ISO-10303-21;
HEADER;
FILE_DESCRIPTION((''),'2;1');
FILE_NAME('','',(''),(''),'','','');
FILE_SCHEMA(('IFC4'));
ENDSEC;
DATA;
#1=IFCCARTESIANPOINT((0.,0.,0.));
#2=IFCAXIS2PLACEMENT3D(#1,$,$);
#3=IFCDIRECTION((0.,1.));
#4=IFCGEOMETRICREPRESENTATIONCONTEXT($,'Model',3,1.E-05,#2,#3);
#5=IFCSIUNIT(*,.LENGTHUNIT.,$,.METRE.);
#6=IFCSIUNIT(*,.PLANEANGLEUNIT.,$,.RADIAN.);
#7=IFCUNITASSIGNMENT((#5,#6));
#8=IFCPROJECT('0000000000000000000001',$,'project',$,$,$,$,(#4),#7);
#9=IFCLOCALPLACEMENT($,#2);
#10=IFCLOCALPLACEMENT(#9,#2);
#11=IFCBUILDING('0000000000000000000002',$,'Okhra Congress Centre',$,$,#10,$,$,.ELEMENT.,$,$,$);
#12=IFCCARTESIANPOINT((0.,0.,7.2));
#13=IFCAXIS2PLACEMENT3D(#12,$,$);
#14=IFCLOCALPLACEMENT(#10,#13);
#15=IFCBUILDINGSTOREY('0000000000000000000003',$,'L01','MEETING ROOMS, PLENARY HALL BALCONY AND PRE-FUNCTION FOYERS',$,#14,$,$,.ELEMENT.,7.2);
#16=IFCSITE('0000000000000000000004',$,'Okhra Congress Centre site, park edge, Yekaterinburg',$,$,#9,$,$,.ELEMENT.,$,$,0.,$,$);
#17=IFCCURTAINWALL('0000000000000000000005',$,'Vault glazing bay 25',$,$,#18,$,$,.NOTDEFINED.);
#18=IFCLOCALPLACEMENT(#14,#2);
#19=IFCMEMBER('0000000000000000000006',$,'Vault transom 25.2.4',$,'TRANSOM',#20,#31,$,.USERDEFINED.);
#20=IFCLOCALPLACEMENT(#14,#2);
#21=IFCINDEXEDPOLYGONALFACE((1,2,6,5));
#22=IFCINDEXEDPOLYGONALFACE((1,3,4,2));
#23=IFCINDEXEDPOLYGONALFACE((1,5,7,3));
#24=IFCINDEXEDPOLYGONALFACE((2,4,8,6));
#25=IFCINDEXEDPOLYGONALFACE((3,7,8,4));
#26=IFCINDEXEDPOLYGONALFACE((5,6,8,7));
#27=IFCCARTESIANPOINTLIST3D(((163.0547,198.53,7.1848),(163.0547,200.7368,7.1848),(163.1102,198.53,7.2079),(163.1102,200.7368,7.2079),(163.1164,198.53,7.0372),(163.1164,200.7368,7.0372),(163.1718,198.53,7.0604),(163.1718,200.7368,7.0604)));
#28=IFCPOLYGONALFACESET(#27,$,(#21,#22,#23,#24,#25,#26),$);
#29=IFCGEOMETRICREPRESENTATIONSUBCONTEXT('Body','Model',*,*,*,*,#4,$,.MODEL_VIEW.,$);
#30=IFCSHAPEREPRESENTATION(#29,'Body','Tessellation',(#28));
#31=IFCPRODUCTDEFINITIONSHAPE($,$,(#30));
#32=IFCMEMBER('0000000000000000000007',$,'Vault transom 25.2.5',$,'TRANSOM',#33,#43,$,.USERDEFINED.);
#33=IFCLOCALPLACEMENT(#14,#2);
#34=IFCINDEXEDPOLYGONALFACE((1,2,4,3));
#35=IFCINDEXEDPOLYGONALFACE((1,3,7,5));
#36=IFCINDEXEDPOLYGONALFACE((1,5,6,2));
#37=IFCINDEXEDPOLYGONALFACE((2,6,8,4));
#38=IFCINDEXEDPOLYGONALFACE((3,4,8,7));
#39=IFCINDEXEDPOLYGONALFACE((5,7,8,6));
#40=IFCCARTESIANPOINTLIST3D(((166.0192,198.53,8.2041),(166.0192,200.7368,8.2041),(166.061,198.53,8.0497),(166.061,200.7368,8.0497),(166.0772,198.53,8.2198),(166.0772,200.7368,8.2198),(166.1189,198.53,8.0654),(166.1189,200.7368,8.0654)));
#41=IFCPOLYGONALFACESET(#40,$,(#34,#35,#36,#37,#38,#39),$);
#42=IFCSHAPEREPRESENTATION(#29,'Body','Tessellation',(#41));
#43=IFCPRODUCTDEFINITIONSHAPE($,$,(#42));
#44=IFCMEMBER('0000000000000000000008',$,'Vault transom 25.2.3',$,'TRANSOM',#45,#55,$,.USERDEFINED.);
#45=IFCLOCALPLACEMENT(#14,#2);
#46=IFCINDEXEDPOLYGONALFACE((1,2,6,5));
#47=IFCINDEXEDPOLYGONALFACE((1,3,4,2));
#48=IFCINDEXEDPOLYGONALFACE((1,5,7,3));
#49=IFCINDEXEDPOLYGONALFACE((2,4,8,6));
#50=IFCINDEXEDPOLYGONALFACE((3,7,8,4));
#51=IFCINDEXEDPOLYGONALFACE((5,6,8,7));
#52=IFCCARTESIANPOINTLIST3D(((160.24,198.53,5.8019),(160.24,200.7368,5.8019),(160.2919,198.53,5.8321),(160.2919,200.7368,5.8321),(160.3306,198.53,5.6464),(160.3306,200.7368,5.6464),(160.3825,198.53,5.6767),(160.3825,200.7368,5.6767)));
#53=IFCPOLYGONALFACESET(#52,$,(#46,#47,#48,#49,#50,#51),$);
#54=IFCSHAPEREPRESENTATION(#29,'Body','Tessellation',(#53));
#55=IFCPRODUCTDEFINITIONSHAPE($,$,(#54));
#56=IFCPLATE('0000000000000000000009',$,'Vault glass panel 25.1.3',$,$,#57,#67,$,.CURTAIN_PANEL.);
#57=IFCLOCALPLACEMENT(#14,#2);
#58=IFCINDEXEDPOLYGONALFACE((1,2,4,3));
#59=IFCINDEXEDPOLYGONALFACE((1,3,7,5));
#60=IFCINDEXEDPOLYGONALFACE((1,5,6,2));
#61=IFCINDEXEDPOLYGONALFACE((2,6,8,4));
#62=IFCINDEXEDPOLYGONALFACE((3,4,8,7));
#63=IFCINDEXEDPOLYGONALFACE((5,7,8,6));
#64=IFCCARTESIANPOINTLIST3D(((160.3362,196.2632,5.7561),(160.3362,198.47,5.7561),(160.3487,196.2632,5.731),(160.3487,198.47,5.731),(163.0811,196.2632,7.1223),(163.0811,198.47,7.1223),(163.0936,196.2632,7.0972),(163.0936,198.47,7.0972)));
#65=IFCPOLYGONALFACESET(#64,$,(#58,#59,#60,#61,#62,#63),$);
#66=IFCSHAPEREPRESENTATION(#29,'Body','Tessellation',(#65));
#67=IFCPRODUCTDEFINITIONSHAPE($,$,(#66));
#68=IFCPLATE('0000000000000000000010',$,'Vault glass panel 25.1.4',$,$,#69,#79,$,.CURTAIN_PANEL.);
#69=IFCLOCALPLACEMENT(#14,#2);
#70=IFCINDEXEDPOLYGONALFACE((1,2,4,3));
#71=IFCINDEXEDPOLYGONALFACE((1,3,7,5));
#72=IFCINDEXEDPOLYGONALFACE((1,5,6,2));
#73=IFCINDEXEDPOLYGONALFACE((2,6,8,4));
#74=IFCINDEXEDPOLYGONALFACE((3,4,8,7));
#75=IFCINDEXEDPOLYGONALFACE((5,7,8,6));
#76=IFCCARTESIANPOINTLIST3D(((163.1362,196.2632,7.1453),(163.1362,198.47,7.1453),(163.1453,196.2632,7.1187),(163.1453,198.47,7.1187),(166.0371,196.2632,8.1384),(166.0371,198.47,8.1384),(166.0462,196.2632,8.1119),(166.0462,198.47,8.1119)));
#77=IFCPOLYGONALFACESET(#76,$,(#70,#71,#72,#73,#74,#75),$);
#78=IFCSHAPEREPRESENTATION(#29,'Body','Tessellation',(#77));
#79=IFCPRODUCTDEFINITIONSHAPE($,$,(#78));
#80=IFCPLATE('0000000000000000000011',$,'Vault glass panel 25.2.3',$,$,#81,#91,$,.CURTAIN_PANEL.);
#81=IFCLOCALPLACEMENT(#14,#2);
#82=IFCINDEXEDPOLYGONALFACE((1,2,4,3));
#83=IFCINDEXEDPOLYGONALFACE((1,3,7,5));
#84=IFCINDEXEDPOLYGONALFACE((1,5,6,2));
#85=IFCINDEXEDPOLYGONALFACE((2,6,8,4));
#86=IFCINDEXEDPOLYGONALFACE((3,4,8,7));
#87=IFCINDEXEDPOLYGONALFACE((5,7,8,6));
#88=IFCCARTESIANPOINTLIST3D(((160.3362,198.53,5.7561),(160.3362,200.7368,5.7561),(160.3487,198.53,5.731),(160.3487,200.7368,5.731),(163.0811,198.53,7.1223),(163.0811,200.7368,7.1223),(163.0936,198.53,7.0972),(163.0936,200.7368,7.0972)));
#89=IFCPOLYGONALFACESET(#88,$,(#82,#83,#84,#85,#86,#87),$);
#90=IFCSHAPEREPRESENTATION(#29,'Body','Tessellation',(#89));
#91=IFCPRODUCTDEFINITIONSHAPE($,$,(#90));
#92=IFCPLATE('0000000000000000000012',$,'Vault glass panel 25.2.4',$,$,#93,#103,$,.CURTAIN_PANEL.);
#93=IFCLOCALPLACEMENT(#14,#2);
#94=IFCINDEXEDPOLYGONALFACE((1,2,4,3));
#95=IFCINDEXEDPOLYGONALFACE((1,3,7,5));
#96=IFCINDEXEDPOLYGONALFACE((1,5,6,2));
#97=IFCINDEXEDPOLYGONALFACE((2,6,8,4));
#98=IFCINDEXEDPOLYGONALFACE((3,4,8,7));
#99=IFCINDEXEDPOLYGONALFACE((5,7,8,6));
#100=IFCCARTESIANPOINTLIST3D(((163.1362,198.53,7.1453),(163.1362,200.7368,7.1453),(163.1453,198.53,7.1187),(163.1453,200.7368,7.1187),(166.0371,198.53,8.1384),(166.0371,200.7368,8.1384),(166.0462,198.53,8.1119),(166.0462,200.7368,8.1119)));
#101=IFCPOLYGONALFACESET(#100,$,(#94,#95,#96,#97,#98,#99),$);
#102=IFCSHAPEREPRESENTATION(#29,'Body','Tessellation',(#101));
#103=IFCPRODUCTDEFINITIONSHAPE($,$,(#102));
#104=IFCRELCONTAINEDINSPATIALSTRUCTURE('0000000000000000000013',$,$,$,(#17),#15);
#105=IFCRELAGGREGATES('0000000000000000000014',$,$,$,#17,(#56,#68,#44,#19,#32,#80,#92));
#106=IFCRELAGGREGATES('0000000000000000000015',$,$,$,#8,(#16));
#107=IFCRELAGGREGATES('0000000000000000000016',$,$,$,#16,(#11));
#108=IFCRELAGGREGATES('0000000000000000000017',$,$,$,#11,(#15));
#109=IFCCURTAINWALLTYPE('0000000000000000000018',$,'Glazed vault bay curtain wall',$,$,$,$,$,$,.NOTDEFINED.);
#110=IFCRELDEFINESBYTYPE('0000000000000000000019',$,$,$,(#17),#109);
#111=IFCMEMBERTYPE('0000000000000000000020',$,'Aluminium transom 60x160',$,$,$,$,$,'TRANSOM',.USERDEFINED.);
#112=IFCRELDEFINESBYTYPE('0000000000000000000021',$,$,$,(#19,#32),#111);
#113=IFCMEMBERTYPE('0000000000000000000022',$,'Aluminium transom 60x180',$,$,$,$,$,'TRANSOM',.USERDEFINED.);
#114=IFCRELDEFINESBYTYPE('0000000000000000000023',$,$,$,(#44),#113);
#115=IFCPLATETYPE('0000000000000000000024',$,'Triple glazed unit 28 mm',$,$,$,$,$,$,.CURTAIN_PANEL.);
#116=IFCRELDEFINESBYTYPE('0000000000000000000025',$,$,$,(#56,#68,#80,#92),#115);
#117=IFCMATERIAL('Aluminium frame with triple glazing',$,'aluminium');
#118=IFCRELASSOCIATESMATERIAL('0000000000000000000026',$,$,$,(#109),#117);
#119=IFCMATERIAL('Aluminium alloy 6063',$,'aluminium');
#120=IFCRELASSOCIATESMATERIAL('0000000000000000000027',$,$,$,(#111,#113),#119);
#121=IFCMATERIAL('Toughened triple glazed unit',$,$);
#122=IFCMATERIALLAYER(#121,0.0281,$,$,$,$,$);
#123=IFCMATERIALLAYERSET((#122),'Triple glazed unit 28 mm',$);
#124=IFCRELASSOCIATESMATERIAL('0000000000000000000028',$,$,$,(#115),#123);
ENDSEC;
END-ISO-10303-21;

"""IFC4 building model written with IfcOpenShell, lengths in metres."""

from ifc_helpers import new_model, si_unit, direction, frame, origin, origin_2d, place, context, subcontext, project, spatial, polyline, rectangle, outline, extrude, material, layer, layer_set, material_profile, profile_set, type_object, element, aggregate, save


model = new_model("IFC4")

# Units and contexts
model_context = context("Model", 3, precision=1e-05, world=origin(), true_north=direction((0.0, 1.0)))
body_context = subcontext(model_context, "Body", "Model", "MODEL_VIEW")
ifc_project = project(units=[si_unit("LENGTHUNIT", "METRE"), si_unit("PLANEANGLEUNIT", "RADIAN")], contexts=[model_context])

# Site, building, storey
site_placement = place(None, origin())
site = spatial("IfcSite", under=ifc_project, at=site_placement, Name="Okhra Congress Centre site, park edge, Yekaterinburg", CompositionType="ELEMENT", RefElevation=0.0)
building_placement = place(site_placement, origin())
building = spatial("IfcBuilding", under=site, at=building_placement, Name="Okhra Congress Centre", CompositionType="ELEMENT")
storey_placement = place(building_placement, frame((0.0, 0.0, 7.2)))
storey = spatial("IfcBuildingStorey", under=building, at=storey_placement, Name="L01", Description="MEETING ROOMS, PLENARY HALL BALCONY AND PRE-FUNCTION FOYERS", CompositionType="ELEMENT", Elevation=7.2)

# Curtain wall
ifc_material_1 = material(Name="Aluminium frame with triple glazing", Category="aluminium")
curtain_wall_type = type_object("IfcCurtainWallType", Name="Glazed vault bay curtain wall", PredefinedType="NOTDEFINED", material=ifc_material_1)
ifc_material_2 = material(Name="Aluminium alloy 6063", Category="aluminium")
curtain_wall_1_placement = place(storey_placement, origin())
curtain_wall_1 = element("IfcCurtainWall", 1, at=curtain_wall_1_placement, inside=storey, type_object=curtain_wall_type, Name="Vault glazing bay 25", PredefinedType="NOTDEFINED")

# Members
ifc_material_profile_1 = material_profile(ifc_material_2, rectangle(XDim=0.0601, YDim=0.1599, at=origin_2d()), Name="AL 60x160 transom")
ifc_profile_set_1 = profile_set([ifc_material_profile_1], Name="Aluminium alloy 6063")
member_type_1 = type_object("IfcMemberType", Name="Aluminium transom 60x160", ElementType="TRANSOM", PredefinedType="USERDEFINED", material=ifc_profile_set_1)
member_1_placement = place(storey_placement, frame((163.1133, 198.53, 7.1226), z_axis=(0.0, 1.0, 0.0), x_axis=(-0.922669, 0.0, -0.385593)))
member_1 = element("IfcMember", 2, at=member_1_placement, type_object=member_type_1, Name="Vault transom 25.2.4", ObjectType="TRANSOM", PredefinedType="USERDEFINED", context=body_context, shape_type="SweptSolid", body=[
    extrude(rectangle(XDim=0.0601, YDim=0.1599, at=origin_2d()), origin(), (0.0, 0.0, 1.0), 2.2068),
])
member_2_placement = place(storey_placement, frame((166.0691, 198.53, 8.1348), z_axis=(0.0, 1.0, 0.0), x_axis=(-0.96538, 0.0, -0.260848)))
member_2 = element("IfcMember", 3, at=member_2_placement, type_object=member_type_1, Name="Vault transom 25.2.5", ObjectType="TRANSOM", PredefinedType="USERDEFINED", context=body_context, shape_type="SweptSolid", body=[
    extrude(rectangle(XDim=0.0601, YDim=0.1599, at=origin_2d()), origin(), (0.0, 0.0, 1.0), 2.2068),
])
ifc_material_profile_2 = material_profile(ifc_material_2, rectangle(XDim=0.0601, YDim=0.1799, at=origin_2d()), Name="AL 60x180 transom")
ifc_profile_set_2 = profile_set([ifc_material_profile_2], Name="Aluminium alloy 6063")
member_type_2 = type_object("IfcMemberType", Name="Aluminium transom 60x180", ElementType="TRANSOM", PredefinedType="USERDEFINED", material=ifc_profile_set_2)
member_3_placement = place(storey_placement, frame((160.3113, 198.53, 5.7393), z_axis=(0.0, 1.0, 0.0), x_axis=(-0.863917, 0.0, -0.503634)))
member_3 = element("IfcMember", 4, at=member_3_placement, type_object=member_type_2, Name="Vault transom 25.2.3", ObjectType="TRANSOM", PredefinedType="USERDEFINED", context=body_context, shape_type="SweptSolid", body=[
    extrude(rectangle(XDim=0.0601, YDim=0.1799, at=origin_2d()), origin(), (0.0, 0.0, 1.0), 2.2068),
])

# Plates
ifc_material_3 = material(Name="Toughened triple glazed unit")
ifc_layer = layer(ifc_material_3, 0.0281)
ifc_layer_set = layer_set([ifc_layer], Name="Triple glazed unit 28 mm")
plate_type = type_object("IfcPlateType", Name="Triple glazed unit 28 mm", PredefinedType="CURTAIN_PANEL", material=ifc_layer_set)
plate_1_placement = place(storey_placement, frame((160.3362, 196.2632, 5.7561), z_axis=(-0.445588, 0.0, 0.895238), x_axis=(0.895238, 0.0, 0.445588)))
plate_1 = element("IfcPlate", 5, at=plate_1_placement, type_object=plate_type, Name="Vault glass panel 25.1.3", PredefinedType="CURTAIN_PANEL", context=body_context, shape_type="SweptSolid", body=[
    extrude(outline(polyline([(0.0, 0.0), (3.0661, 0.0), (3.0661, 2.2068), (0.0, 2.2068), (0.0, 0.0)])), origin(), (0.0, 0.0, -1.0), 0.0281),
])
plate_2_placement = place(storey_placement, frame((163.1362, 196.2632, 7.1453), z_axis=(-0.323909, 0.0, 0.946088), x_axis=(0.946088, 0.0, 0.323909)))
plate_2 = element("IfcPlate", 6, at=plate_2_placement, type_object=plate_type, Name="Vault glass panel 25.1.4", PredefinedType="CURTAIN_PANEL", context=body_context, shape_type="SweptSolid", body=[
    extrude(outline(polyline([(0.0, 0.0), (3.0662, 0.0), (3.0662, 2.2068), (0.0, 2.2068), (0.0, 0.0)])), origin(), (0.0, 0.0, -1.0), 0.0281),
])
plate_3_placement = place(storey_placement, frame((160.3362, 198.53, 5.7561), z_axis=(-0.445588, 0.0, 0.895238), x_axis=(0.895238, 0.0, 0.445588)))
plate_3 = element("IfcPlate", 7, at=plate_3_placement, type_object=plate_type, Name="Vault glass panel 25.2.3", PredefinedType="CURTAIN_PANEL", context=body_context, shape_type="SweptSolid", body=[
    extrude(outline(polyline([(0.0, 0.0), (3.0661, 0.0), (3.0661, 2.2068), (0.0, 2.2068), (0.0, 0.0)])), origin(), (0.0, 0.0, -1.0), 0.0281),
])
plate_4_placement = place(storey_placement, frame((163.1362, 198.53, 7.1453), z_axis=(-0.323909, 0.0, 0.946088), x_axis=(0.946088, 0.0, 0.323909)))
plate_4 = element("IfcPlate", 8, at=plate_4_placement, type_object=plate_type, Name="Vault glass panel 25.2.4", PredefinedType="CURTAIN_PANEL", context=body_context, shape_type="SweptSolid", body=[
    extrude(outline(polyline([(0.0, 0.0), (3.0662, 0.0), (3.0662, 2.2068), (0.0, 2.2068), (0.0, 0.0)])), origin(), (0.0, 0.0, -1.0), 0.0281),
])
aggregate(curtain_wall_1, [plate_1, plate_2, member_3, member_1, member_2, plate_3, plate_4])

save(model, "model.ifc")
